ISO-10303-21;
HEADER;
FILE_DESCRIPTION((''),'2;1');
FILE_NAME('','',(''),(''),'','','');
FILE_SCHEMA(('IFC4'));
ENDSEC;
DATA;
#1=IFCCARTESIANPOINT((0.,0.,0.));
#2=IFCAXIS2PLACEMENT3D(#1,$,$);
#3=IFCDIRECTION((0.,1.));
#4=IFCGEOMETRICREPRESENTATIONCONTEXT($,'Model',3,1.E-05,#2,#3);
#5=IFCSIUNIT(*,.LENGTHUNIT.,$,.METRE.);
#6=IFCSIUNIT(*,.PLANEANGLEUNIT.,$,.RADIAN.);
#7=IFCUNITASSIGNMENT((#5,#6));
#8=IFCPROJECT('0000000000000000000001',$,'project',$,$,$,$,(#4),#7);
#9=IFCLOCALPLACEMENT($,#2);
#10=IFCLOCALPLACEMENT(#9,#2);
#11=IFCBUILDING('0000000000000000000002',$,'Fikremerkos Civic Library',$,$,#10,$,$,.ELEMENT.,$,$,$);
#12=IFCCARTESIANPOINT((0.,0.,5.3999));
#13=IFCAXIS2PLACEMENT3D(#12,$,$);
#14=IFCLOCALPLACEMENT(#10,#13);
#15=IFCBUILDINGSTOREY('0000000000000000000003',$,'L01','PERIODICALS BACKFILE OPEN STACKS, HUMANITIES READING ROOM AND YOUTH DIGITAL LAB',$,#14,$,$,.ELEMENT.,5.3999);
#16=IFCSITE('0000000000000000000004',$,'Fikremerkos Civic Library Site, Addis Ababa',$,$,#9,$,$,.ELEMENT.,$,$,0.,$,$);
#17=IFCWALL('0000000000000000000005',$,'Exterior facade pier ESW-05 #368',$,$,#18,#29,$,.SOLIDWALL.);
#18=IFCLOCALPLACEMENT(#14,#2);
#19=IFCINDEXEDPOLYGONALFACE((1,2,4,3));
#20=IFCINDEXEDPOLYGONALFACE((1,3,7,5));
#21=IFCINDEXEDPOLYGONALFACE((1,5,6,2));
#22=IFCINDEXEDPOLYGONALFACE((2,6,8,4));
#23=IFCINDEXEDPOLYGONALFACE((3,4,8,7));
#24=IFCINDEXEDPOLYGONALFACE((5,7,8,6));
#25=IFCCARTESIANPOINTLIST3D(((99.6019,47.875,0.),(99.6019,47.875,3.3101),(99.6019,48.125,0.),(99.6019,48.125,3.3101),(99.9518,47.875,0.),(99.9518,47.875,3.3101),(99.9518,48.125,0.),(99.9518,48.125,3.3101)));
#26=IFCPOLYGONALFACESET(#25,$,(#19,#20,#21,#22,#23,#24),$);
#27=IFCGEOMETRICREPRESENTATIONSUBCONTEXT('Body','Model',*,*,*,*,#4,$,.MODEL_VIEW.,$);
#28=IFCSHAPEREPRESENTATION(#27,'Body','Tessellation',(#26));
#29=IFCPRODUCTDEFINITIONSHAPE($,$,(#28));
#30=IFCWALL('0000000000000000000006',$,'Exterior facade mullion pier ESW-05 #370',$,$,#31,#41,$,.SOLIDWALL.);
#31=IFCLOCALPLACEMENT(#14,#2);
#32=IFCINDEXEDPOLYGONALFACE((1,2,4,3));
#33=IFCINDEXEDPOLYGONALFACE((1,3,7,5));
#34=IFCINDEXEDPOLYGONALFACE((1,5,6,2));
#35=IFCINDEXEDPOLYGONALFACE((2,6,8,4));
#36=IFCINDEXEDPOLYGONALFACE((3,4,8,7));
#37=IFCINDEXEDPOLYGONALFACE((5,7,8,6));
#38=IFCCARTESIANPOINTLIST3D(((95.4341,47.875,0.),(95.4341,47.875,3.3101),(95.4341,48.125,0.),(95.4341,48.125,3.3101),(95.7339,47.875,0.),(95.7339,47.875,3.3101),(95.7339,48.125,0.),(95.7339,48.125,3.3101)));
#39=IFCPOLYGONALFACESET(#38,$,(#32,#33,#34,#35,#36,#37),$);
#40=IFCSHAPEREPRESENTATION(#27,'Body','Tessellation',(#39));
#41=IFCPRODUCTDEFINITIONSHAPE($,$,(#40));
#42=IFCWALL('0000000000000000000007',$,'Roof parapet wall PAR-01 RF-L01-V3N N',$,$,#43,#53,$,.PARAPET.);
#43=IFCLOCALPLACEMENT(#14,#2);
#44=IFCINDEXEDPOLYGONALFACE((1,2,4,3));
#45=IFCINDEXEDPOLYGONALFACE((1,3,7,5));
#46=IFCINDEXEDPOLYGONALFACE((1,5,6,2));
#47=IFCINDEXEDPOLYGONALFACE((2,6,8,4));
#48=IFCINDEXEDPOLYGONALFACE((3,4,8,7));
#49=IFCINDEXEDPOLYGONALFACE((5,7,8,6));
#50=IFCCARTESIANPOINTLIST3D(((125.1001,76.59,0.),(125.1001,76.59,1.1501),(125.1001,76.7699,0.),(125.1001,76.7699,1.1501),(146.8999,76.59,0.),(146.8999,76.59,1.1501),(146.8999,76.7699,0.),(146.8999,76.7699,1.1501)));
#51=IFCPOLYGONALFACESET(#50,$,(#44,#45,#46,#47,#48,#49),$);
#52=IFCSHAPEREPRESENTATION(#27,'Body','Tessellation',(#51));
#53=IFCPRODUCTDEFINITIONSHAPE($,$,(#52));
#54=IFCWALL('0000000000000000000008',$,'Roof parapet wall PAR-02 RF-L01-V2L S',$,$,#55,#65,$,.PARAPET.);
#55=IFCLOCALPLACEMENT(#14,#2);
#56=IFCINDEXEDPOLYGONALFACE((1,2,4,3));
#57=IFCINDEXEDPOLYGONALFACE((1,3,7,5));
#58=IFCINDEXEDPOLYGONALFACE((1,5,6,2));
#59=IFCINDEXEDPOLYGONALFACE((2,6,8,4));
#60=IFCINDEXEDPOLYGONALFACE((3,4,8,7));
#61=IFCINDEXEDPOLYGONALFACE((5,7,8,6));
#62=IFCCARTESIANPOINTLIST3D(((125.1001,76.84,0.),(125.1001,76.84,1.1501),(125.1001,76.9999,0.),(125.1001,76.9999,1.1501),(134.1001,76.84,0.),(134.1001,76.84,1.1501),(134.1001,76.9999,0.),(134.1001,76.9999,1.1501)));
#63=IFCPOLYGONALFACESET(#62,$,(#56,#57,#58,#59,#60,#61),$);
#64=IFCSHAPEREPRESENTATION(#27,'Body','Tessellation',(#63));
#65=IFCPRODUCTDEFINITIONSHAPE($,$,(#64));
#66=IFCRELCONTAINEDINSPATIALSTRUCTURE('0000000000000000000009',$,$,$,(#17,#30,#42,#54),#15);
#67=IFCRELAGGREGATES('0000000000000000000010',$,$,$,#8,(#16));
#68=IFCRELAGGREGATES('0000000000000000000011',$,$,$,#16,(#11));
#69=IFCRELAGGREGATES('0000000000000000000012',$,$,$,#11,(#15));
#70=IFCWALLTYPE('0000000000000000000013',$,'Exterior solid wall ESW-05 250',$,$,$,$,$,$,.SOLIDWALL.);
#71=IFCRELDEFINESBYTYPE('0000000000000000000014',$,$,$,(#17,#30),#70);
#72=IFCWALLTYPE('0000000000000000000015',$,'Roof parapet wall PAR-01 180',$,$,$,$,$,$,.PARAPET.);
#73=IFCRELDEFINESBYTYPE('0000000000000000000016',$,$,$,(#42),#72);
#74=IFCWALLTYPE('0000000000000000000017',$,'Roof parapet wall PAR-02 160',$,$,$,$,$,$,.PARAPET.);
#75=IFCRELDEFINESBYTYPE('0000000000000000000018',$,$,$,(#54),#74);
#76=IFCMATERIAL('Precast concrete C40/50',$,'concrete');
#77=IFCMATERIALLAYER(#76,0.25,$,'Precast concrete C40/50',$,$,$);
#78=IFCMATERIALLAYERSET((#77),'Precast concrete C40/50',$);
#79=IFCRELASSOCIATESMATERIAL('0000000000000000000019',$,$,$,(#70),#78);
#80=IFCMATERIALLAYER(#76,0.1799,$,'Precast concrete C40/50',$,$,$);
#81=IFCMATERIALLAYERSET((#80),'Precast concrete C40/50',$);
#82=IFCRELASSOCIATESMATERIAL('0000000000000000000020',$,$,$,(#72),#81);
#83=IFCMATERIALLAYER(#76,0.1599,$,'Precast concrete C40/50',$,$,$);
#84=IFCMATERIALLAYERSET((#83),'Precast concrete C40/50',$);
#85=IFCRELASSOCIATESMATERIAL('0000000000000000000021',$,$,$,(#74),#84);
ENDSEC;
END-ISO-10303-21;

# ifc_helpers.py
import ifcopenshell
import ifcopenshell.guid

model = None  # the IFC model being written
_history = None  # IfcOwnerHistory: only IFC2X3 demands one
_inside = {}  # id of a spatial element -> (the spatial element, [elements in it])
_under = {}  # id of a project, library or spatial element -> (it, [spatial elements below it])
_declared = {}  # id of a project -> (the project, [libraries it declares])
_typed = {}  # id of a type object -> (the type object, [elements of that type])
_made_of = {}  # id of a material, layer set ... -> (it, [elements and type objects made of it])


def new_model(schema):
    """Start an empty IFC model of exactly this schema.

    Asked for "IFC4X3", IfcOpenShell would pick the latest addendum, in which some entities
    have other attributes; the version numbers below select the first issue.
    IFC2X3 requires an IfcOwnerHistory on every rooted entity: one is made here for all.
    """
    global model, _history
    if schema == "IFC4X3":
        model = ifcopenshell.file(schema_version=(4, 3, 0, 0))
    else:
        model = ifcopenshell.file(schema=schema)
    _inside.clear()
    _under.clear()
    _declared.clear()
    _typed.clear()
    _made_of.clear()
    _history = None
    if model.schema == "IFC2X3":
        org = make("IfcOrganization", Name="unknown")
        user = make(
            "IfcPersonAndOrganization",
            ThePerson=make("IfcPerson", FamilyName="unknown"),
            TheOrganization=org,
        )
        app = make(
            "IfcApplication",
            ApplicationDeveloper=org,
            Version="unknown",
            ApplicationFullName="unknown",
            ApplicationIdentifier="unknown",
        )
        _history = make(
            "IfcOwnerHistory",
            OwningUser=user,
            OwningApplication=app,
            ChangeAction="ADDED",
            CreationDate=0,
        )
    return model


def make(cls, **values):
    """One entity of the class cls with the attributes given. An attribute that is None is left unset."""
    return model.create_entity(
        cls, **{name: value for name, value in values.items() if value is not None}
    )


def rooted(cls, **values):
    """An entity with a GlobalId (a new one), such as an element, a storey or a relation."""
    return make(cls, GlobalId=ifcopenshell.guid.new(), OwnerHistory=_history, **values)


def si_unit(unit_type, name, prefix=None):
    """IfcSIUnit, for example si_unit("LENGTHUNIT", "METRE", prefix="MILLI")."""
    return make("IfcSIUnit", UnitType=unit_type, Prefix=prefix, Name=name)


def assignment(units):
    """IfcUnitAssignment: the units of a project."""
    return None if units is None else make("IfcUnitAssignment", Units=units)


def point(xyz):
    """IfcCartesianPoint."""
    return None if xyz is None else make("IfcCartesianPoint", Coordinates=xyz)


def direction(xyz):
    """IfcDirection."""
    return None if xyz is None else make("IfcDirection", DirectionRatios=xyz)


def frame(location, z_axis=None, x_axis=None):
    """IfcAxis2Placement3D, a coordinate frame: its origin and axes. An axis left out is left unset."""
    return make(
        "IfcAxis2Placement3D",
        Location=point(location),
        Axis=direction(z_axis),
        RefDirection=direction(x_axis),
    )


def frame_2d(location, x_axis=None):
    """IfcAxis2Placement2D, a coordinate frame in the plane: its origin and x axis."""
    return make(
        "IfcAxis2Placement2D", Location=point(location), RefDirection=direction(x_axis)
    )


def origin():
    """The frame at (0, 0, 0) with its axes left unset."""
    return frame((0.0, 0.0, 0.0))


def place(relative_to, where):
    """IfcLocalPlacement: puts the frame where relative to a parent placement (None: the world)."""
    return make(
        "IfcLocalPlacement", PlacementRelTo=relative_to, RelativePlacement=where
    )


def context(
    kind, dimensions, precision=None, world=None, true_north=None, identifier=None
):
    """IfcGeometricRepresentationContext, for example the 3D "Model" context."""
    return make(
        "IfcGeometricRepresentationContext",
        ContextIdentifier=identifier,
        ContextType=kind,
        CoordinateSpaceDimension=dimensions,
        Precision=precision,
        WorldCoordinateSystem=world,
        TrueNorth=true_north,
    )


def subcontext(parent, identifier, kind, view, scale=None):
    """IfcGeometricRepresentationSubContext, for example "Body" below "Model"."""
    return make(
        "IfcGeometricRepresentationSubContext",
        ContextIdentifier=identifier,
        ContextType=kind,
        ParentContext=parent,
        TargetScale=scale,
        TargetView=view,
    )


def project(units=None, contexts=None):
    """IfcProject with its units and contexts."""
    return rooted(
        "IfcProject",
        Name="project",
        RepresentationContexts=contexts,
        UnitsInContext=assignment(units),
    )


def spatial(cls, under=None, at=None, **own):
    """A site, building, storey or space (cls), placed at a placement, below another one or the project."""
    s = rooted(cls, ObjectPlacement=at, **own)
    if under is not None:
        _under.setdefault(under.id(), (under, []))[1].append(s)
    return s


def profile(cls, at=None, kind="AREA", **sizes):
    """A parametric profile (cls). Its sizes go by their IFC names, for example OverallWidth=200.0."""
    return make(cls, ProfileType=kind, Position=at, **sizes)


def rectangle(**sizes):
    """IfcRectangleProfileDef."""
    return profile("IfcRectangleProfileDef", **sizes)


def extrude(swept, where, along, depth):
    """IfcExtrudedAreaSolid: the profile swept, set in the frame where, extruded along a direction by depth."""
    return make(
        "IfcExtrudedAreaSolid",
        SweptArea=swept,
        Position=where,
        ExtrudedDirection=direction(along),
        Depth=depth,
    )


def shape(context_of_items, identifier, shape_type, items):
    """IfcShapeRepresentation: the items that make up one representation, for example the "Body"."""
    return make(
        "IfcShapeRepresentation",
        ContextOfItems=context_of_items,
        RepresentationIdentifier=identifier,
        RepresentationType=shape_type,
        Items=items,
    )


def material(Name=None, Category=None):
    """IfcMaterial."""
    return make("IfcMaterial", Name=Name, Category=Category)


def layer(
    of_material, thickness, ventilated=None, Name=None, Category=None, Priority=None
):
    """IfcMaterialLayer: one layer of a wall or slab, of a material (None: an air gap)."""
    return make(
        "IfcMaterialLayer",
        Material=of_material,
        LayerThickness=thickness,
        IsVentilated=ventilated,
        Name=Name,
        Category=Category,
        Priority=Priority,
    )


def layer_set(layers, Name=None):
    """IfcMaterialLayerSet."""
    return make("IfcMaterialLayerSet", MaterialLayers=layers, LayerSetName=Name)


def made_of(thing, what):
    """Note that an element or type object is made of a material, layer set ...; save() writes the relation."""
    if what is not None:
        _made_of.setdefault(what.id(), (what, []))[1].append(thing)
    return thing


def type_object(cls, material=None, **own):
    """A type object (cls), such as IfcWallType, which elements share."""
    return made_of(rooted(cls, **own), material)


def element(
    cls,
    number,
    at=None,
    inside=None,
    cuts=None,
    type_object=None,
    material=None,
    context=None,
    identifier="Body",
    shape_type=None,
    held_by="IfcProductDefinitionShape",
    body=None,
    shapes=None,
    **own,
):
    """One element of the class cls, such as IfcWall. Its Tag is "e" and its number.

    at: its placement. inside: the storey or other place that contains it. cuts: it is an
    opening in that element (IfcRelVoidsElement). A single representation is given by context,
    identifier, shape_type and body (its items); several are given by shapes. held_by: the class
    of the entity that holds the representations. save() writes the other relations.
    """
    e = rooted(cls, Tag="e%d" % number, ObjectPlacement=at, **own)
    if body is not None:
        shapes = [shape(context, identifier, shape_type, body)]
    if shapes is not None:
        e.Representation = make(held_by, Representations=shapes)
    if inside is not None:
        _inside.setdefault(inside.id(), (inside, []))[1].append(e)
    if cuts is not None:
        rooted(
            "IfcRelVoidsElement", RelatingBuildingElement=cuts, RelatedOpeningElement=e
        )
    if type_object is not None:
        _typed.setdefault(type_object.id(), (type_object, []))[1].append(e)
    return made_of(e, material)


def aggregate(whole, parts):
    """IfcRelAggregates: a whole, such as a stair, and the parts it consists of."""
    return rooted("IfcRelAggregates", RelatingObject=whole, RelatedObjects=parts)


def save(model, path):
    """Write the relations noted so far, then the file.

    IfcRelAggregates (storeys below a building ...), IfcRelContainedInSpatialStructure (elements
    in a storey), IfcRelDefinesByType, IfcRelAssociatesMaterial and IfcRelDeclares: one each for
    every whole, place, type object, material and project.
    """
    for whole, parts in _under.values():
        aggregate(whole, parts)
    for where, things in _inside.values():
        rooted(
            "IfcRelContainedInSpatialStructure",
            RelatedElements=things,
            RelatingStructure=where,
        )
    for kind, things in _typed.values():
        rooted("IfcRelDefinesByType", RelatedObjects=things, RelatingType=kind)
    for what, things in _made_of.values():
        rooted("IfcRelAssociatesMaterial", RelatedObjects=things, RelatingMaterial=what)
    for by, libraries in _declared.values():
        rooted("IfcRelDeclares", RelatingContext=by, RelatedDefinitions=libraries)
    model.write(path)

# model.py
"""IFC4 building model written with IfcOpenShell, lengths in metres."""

from ifc_helpers import new_model, si_unit, direction, frame, frame_2d, origin, place, context, subcontext, project, spatial, rectangle, extrude, material, layer, layer_set, type_object, element, save


model = new_model("IFC4")

# Units and contexts
model_context = context("Model", 3, precision=1e-05, world=origin(), true_north=direction((0.0, 1.0)))
body_context = subcontext(model_context, "Body", "Model", "MODEL_VIEW")
ifc_project = project(units=[si_unit("LENGTHUNIT", "METRE"), si_unit("PLANEANGLEUNIT", "RADIAN")], contexts=[model_context])

# Site, building, storey
site_placement = place(None, origin())
site = spatial("IfcSite", under=ifc_project, at=site_placement, Name="Fikremerkos Civic Library Site, Addis Ababa", CompositionType="ELEMENT", RefElevation=0.0)
building_placement = place(site_placement, origin())
building = spatial("IfcBuilding", under=site, at=building_placement, Name="Fikremerkos Civic Library", CompositionType="ELEMENT")
storey_placement = place(building_placement, frame((0.0, 0.0, 5.3999)))
storey = spatial("IfcBuildingStorey", under=building, at=storey_placement, Name="L01", Description="PERIODICALS BACKFILE OPEN STACKS, HUMANITIES READING ROOM AND YOUTH DIGITAL LAB", CompositionType="ELEMENT", Elevation=5.3999)

# Walls
ifc_material_1 = material(Name="Precast concrete C40/50", Category="concrete")
ifc_layer_1 = layer(ifc_material_1, 0.25, Name="Precast concrete C40/50")
ifc_layer_set_1 = layer_set([ifc_layer_1], Name="Precast concrete C40/50")
wall_type_1 = type_object("IfcWallType", Name="Exterior solid wall ESW-05 250", PredefinedType="SOLIDWALL", material=ifc_layer_set_1)
wall_1_placement = place(storey_placement, frame((99.6021, 48.0, 0.0), z_axis=(0.0, 0.0, 1.0), x_axis=(1.0, 0.0, 0.0)))
element("IfcWall", 1, at=wall_1_placement, inside=storey, type_object=wall_type_1, Name="Exterior facade pier ESW-05 #368", PredefinedType="SOLIDWALL", context=body_context, shape_type="SweptSolid", body=[
    extrude(rectangle(XDim=0.3499, YDim=0.25, at=frame_2d((0.1748, 0.0))), origin(), (0.0, 0.0, 1.0), 3.3101),
])
wall_2_placement = place(storey_placement, frame((95.4341, 48.0, 0.0), z_axis=(0.0, 0.0, 1.0), x_axis=(1.0, 0.0, 0.0)))
element("IfcWall", 2, at=wall_2_placement, inside=storey, type_object=wall_type_1, Name="Exterior facade mullion pier ESW-05 #370", PredefinedType="SOLIDWALL", context=body_context, shape_type="SweptSolid", body=[
    extrude(rectangle(XDim=0.2998, YDim=0.25, at=frame_2d((0.1499, 0.0))), origin(), (0.0, 0.0, 1.0), 3.3101),
])
ifc_layer_2 = layer(ifc_material_1, 0.1799, Name="Precast concrete C40/50")
ifc_layer_set_2 = layer_set([ifc_layer_2], Name="Precast concrete C40/50")
wall_type_2 = type_object("IfcWallType", Name="Roof parapet wall PAR-01 180", PredefinedType="PARAPET", material=ifc_layer_set_2)
wall_3_placement = place(storey_placement, frame((125.1001, 76.6799, 0.0), z_axis=(0.0, 0.0, 1.0), x_axis=(1.0, 0.0, 0.0)))
element("IfcWall", 3, at=wall_3_placement, inside=storey, type_object=wall_type_2, Name="Roof parapet wall PAR-01 RF-L01-V3N N", PredefinedType="PARAPET", context=body_context, shape_type="SweptSolid", body=[
    extrude(rectangle(XDim=21.7998, YDim=0.1799, at=frame_2d((10.8999, 0.0))), origin(), (0.0, 0.0, 1.0), 1.1501),
])
ifc_layer_3 = layer(ifc_material_1, 0.1599, Name="Precast concrete C40/50")
ifc_layer_set_3 = layer_set([ifc_layer_3], Name="Precast concrete C40/50")
wall_type_3 = type_object("IfcWallType", Name="Roof parapet wall PAR-02 160", PredefinedType="PARAPET", material=ifc_layer_set_3)
wall_4_placement = place(storey_placement, frame((125.1001, 76.9199, 0.0), z_axis=(0.0, 0.0, 1.0), x_axis=(1.0, 0.0, 0.0)))
element("IfcWall", 4, at=wall_4_placement, inside=storey, type_object=wall_type_3, Name="Roof parapet wall PAR-02 RF-L01-V2L S", PredefinedType="PARAPET", context=body_context, shape_type="SweptSolid", body=[
    extrude(rectangle(XDim=9.0, YDim=0.1599, at=frame_2d((4.5, 0.0))), origin(), (0.0, 0.0, 1.0), 1.1501),
])

save(model, "model.ifc")
